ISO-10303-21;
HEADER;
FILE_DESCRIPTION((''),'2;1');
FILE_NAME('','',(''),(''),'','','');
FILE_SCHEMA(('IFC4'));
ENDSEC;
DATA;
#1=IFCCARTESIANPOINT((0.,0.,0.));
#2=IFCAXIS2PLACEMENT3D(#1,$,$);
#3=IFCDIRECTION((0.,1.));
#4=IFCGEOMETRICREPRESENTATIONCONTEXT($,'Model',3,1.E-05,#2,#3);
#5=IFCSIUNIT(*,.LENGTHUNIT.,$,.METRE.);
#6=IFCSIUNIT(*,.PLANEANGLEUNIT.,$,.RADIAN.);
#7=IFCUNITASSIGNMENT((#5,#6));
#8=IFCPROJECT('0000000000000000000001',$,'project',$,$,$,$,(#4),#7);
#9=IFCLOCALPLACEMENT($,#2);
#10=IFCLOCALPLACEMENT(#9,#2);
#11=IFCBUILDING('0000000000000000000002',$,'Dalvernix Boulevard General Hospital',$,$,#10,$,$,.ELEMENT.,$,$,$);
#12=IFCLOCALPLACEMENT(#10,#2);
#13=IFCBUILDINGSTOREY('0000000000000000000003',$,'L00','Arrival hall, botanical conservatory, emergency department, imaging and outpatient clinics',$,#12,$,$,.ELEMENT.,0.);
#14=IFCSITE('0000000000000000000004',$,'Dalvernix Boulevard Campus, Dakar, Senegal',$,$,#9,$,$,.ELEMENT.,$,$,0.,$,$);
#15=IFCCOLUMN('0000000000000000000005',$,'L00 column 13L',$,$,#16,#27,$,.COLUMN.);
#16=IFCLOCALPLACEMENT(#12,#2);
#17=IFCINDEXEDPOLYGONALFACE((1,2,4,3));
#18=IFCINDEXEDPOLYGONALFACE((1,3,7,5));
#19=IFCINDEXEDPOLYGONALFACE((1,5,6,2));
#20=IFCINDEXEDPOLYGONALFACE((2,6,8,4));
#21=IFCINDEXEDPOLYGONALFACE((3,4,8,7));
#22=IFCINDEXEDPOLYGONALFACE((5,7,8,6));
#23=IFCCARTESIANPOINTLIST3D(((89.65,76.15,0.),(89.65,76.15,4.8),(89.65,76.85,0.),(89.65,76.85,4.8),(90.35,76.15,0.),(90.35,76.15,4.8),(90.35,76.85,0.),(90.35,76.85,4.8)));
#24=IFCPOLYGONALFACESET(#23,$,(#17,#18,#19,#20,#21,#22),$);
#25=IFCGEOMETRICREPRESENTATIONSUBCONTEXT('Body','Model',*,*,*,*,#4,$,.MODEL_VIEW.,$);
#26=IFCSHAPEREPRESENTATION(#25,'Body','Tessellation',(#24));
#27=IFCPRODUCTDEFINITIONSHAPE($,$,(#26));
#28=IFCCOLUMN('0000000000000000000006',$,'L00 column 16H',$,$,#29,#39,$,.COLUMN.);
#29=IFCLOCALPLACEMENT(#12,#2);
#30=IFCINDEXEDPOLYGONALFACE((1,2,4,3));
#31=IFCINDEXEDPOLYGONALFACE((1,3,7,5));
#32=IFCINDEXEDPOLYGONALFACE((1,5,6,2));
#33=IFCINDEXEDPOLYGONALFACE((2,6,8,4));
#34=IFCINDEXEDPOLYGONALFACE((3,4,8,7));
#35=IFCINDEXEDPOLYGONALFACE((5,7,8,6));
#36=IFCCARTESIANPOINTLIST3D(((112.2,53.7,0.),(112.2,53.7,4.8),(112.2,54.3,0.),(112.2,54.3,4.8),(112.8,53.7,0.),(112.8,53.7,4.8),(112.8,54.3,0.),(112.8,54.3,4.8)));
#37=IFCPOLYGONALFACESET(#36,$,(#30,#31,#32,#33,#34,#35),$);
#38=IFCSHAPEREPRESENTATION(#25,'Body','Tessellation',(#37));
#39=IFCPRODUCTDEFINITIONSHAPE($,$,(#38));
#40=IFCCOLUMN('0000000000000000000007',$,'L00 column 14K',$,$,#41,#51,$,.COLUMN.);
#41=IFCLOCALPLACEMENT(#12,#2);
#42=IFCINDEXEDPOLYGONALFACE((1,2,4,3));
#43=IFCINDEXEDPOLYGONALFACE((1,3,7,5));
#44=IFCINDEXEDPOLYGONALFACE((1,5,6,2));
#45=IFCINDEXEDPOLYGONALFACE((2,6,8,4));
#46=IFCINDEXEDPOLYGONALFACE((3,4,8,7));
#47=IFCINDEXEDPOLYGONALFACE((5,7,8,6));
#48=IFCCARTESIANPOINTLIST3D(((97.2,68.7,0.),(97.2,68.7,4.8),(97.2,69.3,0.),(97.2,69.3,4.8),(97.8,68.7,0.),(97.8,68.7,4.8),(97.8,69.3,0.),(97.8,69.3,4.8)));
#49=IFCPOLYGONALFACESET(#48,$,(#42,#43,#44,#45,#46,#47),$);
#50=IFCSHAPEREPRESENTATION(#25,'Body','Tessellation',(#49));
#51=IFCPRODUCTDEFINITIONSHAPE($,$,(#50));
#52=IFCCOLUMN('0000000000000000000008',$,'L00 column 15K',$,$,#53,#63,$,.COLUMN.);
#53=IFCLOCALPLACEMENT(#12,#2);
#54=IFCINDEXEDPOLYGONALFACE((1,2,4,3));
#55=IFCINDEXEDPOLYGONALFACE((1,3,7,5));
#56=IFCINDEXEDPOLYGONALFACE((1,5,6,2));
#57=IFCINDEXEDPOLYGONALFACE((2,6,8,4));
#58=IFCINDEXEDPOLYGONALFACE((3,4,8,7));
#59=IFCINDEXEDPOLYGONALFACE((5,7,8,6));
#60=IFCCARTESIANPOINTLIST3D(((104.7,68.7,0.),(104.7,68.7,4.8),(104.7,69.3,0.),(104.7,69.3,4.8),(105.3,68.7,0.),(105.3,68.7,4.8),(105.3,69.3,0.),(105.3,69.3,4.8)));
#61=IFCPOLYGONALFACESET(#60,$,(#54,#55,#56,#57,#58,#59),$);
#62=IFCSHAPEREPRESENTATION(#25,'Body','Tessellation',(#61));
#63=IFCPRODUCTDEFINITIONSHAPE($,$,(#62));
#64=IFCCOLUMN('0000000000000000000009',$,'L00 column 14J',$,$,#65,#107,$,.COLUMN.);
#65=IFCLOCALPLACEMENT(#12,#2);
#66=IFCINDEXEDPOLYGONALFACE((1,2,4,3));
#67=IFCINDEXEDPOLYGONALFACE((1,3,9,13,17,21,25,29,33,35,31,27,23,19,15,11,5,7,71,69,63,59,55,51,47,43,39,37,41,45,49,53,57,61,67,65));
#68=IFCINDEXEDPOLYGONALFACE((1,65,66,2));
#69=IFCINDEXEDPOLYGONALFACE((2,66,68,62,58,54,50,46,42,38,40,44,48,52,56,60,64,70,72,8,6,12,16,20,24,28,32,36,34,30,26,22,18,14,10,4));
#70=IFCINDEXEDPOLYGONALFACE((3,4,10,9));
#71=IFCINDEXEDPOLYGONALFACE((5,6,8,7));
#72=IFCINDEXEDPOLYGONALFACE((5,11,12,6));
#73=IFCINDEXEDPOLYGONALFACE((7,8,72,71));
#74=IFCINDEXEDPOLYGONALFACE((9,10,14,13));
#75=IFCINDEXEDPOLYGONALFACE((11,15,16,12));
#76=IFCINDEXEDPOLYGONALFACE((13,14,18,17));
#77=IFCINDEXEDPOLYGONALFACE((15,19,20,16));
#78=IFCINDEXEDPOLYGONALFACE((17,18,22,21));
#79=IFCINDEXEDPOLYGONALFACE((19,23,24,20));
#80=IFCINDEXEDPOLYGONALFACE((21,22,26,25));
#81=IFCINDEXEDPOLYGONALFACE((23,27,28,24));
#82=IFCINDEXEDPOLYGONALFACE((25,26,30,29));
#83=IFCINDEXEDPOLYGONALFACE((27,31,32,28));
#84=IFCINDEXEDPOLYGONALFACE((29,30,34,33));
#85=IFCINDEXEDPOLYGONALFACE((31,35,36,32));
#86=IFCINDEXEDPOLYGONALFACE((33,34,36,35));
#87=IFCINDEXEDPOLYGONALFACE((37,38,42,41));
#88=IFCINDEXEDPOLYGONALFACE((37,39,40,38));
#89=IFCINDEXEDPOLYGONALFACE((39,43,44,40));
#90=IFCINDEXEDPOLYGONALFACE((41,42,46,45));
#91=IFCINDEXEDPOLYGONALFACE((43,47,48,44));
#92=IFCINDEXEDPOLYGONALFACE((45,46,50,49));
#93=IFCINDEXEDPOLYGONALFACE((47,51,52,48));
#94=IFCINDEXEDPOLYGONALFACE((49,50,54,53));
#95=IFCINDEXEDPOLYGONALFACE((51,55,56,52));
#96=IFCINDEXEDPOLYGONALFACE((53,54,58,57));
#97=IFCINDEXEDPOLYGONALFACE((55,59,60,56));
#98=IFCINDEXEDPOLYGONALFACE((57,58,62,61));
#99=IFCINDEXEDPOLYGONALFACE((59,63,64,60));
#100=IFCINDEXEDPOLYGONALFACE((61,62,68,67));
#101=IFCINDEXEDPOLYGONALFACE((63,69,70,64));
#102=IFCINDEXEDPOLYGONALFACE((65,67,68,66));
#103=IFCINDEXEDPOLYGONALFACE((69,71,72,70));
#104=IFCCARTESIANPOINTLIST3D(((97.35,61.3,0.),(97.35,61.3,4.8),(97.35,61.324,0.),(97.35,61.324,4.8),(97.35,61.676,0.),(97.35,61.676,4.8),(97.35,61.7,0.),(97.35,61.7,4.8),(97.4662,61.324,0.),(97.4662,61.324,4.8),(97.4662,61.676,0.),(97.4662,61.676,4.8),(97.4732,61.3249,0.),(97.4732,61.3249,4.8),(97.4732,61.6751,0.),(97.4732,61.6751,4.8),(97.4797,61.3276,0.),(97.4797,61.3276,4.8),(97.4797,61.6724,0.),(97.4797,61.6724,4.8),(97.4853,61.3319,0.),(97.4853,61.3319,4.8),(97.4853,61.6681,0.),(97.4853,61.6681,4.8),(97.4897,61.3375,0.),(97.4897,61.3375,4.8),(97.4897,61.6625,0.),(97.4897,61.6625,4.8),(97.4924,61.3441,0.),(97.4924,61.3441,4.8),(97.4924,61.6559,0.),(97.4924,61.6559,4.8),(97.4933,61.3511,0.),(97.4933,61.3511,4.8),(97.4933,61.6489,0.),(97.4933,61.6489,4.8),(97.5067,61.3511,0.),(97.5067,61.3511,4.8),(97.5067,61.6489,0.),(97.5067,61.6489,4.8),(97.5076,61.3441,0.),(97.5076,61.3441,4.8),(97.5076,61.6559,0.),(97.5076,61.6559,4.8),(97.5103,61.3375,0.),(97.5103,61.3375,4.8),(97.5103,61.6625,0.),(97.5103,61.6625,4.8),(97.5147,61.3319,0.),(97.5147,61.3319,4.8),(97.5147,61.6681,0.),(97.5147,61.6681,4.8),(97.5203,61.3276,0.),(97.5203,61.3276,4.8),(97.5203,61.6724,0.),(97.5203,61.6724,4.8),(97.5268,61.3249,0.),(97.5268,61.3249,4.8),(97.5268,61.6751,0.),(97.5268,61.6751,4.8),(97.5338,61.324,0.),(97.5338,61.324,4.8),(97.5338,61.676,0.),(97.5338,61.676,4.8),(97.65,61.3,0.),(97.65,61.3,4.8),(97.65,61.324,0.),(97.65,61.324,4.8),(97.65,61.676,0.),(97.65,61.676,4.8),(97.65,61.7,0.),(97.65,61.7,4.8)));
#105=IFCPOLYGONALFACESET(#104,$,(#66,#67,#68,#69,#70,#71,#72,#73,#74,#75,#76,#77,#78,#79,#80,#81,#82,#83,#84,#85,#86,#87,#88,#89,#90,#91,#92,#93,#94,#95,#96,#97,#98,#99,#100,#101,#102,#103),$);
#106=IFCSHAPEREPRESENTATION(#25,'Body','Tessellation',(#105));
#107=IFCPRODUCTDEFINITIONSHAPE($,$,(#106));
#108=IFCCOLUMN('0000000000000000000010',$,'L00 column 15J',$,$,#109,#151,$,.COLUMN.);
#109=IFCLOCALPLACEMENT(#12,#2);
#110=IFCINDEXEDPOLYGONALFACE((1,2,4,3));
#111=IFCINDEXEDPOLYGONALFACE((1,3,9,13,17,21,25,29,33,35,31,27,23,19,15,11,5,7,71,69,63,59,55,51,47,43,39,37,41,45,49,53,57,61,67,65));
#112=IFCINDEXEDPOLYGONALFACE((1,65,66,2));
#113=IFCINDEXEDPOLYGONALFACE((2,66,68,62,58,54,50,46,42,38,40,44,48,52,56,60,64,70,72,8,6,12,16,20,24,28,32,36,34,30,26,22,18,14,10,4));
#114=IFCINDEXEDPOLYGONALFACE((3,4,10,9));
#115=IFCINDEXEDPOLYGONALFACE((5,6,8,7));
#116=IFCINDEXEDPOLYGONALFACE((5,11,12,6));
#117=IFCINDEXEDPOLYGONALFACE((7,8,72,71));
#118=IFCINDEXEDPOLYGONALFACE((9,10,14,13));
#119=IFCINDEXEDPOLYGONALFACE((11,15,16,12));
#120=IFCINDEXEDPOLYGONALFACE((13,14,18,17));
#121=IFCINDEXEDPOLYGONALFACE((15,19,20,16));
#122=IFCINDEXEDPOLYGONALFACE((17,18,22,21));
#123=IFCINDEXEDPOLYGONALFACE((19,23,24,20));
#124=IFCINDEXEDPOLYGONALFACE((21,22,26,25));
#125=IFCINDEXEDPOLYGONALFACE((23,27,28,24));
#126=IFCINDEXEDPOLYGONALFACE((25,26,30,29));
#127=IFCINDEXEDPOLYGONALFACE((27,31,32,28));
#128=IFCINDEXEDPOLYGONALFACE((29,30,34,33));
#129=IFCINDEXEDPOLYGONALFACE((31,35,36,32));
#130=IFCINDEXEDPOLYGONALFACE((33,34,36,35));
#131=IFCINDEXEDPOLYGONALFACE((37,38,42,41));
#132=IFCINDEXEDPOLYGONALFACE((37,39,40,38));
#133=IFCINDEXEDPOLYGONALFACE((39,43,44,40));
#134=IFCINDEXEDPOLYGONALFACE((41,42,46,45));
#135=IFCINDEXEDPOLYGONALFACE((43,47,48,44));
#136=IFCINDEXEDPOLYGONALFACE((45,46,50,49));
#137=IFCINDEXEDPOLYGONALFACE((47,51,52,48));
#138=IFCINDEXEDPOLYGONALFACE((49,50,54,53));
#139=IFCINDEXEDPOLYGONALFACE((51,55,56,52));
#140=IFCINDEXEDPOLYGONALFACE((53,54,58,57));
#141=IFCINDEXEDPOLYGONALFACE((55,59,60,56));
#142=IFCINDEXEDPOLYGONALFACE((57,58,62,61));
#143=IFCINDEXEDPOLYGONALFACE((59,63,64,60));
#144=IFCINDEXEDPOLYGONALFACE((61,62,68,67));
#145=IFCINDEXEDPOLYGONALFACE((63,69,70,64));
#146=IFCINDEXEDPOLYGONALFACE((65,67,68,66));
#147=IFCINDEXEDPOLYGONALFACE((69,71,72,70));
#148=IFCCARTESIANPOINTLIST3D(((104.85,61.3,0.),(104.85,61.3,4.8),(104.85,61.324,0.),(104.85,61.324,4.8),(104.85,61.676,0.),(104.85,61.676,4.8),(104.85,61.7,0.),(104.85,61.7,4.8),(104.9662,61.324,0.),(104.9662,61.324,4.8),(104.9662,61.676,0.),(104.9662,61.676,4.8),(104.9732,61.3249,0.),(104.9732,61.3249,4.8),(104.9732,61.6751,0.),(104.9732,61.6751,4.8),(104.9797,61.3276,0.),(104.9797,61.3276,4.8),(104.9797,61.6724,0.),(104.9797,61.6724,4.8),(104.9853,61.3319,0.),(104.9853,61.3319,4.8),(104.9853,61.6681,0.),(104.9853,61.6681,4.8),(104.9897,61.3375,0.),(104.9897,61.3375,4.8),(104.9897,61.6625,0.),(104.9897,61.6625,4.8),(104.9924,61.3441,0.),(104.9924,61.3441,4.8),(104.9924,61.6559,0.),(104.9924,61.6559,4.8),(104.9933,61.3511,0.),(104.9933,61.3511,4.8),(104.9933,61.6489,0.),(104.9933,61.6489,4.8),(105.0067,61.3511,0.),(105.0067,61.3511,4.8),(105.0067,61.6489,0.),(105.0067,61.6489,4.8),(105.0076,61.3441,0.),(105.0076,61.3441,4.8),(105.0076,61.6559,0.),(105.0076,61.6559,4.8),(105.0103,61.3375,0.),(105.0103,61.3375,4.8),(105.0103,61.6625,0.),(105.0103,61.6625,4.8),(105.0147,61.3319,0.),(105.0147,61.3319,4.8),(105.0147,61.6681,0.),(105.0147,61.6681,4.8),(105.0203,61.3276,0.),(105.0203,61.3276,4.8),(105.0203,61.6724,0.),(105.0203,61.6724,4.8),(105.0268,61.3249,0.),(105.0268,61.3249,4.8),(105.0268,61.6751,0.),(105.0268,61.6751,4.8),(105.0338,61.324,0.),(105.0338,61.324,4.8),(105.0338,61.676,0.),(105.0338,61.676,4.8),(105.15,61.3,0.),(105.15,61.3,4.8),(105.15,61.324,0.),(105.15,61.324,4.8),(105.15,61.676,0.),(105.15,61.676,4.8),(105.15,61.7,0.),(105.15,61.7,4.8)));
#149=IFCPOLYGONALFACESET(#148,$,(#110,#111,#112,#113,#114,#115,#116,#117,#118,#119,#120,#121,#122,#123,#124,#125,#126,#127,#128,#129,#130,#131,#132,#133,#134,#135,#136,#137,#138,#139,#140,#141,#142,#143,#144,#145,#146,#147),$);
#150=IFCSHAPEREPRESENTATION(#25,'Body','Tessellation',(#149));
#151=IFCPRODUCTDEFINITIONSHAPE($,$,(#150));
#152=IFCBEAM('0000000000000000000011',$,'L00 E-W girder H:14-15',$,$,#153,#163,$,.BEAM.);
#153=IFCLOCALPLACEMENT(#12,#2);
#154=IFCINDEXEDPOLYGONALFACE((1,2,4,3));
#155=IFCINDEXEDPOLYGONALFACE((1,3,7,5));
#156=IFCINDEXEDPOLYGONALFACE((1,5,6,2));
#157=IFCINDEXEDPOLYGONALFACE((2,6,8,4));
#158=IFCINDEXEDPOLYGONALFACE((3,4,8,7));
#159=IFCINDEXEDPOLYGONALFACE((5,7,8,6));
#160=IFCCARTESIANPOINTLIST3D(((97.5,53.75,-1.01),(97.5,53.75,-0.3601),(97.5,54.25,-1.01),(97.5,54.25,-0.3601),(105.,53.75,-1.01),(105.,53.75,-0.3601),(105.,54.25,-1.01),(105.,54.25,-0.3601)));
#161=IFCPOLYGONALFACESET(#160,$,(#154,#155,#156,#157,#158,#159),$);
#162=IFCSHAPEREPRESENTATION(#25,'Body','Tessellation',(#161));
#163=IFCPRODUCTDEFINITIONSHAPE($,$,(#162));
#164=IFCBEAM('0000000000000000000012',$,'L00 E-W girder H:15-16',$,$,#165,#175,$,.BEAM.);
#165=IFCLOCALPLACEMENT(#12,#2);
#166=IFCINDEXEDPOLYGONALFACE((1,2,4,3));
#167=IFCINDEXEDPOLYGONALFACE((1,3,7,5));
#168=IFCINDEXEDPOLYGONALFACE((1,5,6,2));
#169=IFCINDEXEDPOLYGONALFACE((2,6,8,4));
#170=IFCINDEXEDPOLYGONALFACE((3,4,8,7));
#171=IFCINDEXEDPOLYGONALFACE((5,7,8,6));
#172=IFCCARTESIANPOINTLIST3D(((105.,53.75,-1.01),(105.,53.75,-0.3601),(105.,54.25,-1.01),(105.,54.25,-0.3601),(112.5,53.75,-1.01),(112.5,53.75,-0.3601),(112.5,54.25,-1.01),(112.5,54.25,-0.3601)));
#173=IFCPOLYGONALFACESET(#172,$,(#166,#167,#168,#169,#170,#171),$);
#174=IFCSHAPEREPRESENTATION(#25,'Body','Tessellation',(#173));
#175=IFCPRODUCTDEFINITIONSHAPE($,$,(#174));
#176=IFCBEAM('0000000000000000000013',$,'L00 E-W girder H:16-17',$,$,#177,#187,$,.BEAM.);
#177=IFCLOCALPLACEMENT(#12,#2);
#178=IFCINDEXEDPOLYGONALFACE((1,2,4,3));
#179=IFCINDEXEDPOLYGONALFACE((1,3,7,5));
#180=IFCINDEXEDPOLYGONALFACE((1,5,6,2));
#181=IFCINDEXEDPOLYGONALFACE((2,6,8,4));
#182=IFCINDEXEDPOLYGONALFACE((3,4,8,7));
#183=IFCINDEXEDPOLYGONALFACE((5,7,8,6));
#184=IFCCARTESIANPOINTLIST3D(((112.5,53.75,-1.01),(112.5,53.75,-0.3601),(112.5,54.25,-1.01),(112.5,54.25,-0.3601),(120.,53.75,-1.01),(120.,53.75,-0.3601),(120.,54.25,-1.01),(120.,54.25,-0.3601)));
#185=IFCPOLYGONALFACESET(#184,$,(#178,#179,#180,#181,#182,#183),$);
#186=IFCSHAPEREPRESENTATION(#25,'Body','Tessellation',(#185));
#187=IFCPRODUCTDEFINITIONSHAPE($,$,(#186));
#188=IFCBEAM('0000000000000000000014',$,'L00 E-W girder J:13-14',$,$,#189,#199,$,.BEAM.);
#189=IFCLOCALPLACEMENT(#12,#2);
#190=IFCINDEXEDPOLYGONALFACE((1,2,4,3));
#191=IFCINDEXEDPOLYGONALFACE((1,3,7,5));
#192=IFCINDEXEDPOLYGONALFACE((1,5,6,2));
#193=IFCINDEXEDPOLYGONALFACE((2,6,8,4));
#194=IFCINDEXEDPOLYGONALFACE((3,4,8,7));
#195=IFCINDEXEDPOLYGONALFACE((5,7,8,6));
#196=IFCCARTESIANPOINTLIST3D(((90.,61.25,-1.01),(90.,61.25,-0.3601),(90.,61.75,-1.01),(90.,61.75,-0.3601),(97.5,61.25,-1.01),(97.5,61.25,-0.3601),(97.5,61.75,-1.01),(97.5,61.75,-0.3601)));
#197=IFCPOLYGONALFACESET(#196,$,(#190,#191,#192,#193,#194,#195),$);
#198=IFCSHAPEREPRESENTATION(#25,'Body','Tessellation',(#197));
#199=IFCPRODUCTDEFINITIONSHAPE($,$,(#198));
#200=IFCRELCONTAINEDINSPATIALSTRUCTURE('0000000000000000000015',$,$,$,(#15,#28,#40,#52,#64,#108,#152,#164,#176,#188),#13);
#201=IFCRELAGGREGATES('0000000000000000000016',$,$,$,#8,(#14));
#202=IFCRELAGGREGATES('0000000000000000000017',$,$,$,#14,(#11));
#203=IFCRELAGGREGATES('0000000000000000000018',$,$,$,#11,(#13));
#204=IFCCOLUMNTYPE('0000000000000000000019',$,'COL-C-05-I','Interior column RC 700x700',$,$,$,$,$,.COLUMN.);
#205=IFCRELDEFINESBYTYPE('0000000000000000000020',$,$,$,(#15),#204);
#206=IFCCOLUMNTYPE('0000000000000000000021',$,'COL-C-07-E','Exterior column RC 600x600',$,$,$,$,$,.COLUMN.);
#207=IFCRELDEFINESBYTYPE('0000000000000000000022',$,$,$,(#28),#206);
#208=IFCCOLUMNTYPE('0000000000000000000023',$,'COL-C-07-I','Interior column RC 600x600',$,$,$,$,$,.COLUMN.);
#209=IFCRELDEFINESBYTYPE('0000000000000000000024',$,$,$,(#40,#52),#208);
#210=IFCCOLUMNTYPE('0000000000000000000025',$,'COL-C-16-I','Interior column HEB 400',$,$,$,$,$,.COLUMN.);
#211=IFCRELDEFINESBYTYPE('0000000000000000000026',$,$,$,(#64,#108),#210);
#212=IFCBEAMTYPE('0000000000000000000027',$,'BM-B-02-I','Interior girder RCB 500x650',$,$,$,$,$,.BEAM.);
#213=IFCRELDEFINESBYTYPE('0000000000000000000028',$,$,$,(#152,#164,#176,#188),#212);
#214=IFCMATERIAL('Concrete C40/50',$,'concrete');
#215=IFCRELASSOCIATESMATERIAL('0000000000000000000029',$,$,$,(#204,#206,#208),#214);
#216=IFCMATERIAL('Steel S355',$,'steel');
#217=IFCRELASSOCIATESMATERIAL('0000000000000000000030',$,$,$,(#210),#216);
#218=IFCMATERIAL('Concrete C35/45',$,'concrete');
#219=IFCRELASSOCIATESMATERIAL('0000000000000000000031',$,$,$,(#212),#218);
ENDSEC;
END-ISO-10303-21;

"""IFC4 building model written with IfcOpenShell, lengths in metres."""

from ifc_helpers import new_model, si_unit, direction, frame, origin, origin_2d, place, context, subcontext, project, spatial, rectangle, i_section, extrude, material, material_profile, profile_set, type_object, element, save


model = new_model("IFC4")

# Units and contexts
model_context = context("Model", 3, precision=1e-05, world=origin(), true_north=direction((0.0, 1.0)))
body_context = subcontext(model_context, "Body", "Model", "MODEL_VIEW")
ifc_project = project(units=[si_unit("LENGTHUNIT", "METRE"), si_unit("PLANEANGLEUNIT", "RADIAN")], contexts=[model_context])

# Site, building, storey
site_placement = place(None, origin())
site = spatial("IfcSite", under=ifc_project, at=site_placement, Name="Dalvernix Boulevard Campus, Dakar, Senegal", CompositionType="ELEMENT", RefElevation=0.0)
building_placement = place(site_placement, origin())
building = spatial("IfcBuilding", under=site, at=building_placement, Name="Dalvernix Boulevard General Hospital", CompositionType="ELEMENT")
storey_placement = place(building_placement, origin())
storey = spatial("IfcBuildingStorey", under=building, at=storey_placement, Name="L00", Description="Arrival hall, botanical conservatory, emergency department, imaging and outpatient clinics", CompositionType="ELEMENT", Elevation=0.0)

# Columns
ifc_material_1 = material(Name="Concrete C40/50", Category="concrete")
ifc_material_profile_1 = material_profile(ifc_material_1, rectangle(XDim=0.7, YDim=0.7, at=origin_2d()), Name="RC 700x700")
ifc_profile_set_1 = profile_set([ifc_material_profile_1], Name="Concrete C40/50")
column_type_1 = type_object("IfcColumnType", Name="COL-C-05-I", Description="Interior column RC 700x700", PredefinedType="COLUMN", material=ifc_profile_set_1)
column_1_placement = place(storey_placement, frame((90.0, 76.5, 0.0), z_axis=(0.0, 0.0, 1.0), x_axis=(1.0, 0.0, 0.0)))
element("IfcColumn", 1, at=column_1_placement, inside=storey, type_object=column_type_1, Name="L00 column 13L", PredefinedType="COLUMN", context=body_context, shape_type="SweptSolid", body=[
    extrude(rectangle(XDim=0.7, YDim=0.7, at=origin_2d()), origin(), (0.0, 0.0, 1.0), 4.8),
])
ifc_material_profile_2 = material_profile(ifc_material_1, rectangle(XDim=0.6001, YDim=0.6001, at=origin_2d()), Name="RC 600x600")
ifc_profile_set_2 = profile_set([ifc_material_profile_2], Name="Concrete C40/50")
column_type_2 = type_object("IfcColumnType", Name="COL-C-07-E", Description="Exterior column RC 600x600", PredefinedType="COLUMN", material=ifc_profile_set_2)
column_2_placement = place(storey_placement, frame((112.5, 54.0, 0.0), z_axis=(0.0, 0.0, 1.0), x_axis=(1.0, 0.0, 0.0)))
element("IfcColumn", 2, at=column_2_placement, inside=storey, type_object=column_type_2, Name="L00 column 16H", PredefinedType="COLUMN", context=body_context, shape_type="SweptSolid", body=[
    extrude(rectangle(XDim=0.6001, YDim=0.6001, at=origin_2d()), origin(), (0.0, 0.0, 1.0), 4.8),
])
ifc_material_profile_3 = material_profile(ifc_material_1, rectangle(XDim=0.6001, YDim=0.6001, at=origin_2d()), Name="RC 600x600")
ifc_profile_set_3 = profile_set([ifc_material_profile_3], Name="Concrete C40/50")
column_type_3 = type_object("IfcColumnType", Name="COL-C-07-I", Description="Interior column RC 600x600", PredefinedType="COLUMN", material=ifc_profile_set_3)
for number, where, z_axis, x_axis, name in (
    (3, (97.5, 69.0, 0.0), (0.0, 0.0, 1.0), (1.0, 0.0, 0.0), "L00 column 14K"),
    (4, (105.0, 69.0, 0.0), (0.0, 0.0, 1.0), (1.0, 0.0, 0.0), "L00 column 15K"),
):
    element("IfcColumn", number, at=place(storey_placement, frame(where, z_axis=z_axis, x_axis=x_axis)), inside=storey, type_object=column_type_3, Name=name, PredefinedType="COLUMN", context=body_context, shape_type="SweptSolid", body=[
        extrude(rectangle(XDim=0.6001, YDim=0.6001, at=origin_2d()), origin(), (0.0, 0.0, 1.0), 4.8),
    ])
ifc_material_2 = material(Name="Steel S355", Category="steel")
ifc_material_profile_4 = material_profile(ifc_material_2, i_section(OverallWidth=0.3, OverallDepth=0.3999, WebThickness=0.0134, FlangeThickness=0.0239, FilletRadius=0.0271, at=origin_2d()), Name="HEB 400")
ifc_profile_set_4 = profile_set([ifc_material_profile_4], Name="Steel S355")
column_type_4 = type_object("IfcColumnType", Name="COL-C-16-I", Description="Interior column HEB 400", PredefinedType="COLUMN", material=ifc_profile_set_4)
for number, where, z_axis, x_axis, name in (
    (5, (97.5, 61.5, 0.0), (0.0, 0.0, 1.0), (1.0, 0.0, 0.0), "L00 column 14J"),
    (6, (105.0, 61.5, 0.0), (0.0, 0.0, 1.0), (1.0, 0.0, 0.0), "L00 column 15J"),
):
    element("IfcColumn", number, at=place(storey_placement, frame(where, z_axis=z_axis, x_axis=x_axis)), inside=storey, type_object=column_type_4, Name=name, PredefinedType="COLUMN", context=body_context, shape_type="SweptSolid", body=[
        extrude(i_section(OverallWidth=0.3, OverallDepth=0.3999, WebThickness=0.0134, FlangeThickness=0.0239, FilletRadius=0.0271, at=origin_2d()), origin(), (0.0, 0.0, 1.0), 4.8),
    ])

# Beams
ifc_material_3 = material(Name="Concrete C35/45", Category="concrete")
ifc_material_profile_5 = material_profile(ifc_material_3, rectangle(XDim=0.5, YDim=0.6499, at=origin_2d()), Name="RCB 500x650")
ifc_profile_set_5 = profile_set([ifc_material_profile_5], Name="Concrete C35/45")
beam_type_1 = type_object("IfcBeamType", Name="BM-B-02-I", Description="Interior girder RCB 500x650", PredefinedType="BEAM", material=ifc_profile_set_5)
for number, where, z_axis, x_axis, name in (
    (7, (97.5, 54.0, -0.6851), (1.0, 0.0, 0.0), (0.0, 1.0, 0.0), "L00 E-W girder H:14-15"),
    (8, (105.0, 54.0, -0.6851), (1.0, 0.0, 0.0), (0.0, 1.0, 0.0), "L00 E-W girder H:15-16"),
    (9, (112.5, 54.0, -0.6851), (1.0, 0.0, 0.0), (0.0, 1.0, 0.0), "L00 E-W girder H:16-17"),
    (10, (90.0, 61.5, -0.6851), (1.0, 0.0, 0.0), (0.0, 1.0, 0.0), "L00 E-W girder J:13-14"),
):
    element("IfcBeam", number, at=place(storey_placement, frame(where, z_axis=z_axis, x_axis=x_axis)), inside=storey, type_object=beam_type_1, Name=name, PredefinedType="BEAM", context=body_context, shape_type="SweptSolid", body=[
        extrude(rectangle(XDim=0.5, YDim=0.6499, at=origin_2d()), origin(), (0.0, 0.0, 1.0), 7.5),
    ])

save(model, "model.ifc")
